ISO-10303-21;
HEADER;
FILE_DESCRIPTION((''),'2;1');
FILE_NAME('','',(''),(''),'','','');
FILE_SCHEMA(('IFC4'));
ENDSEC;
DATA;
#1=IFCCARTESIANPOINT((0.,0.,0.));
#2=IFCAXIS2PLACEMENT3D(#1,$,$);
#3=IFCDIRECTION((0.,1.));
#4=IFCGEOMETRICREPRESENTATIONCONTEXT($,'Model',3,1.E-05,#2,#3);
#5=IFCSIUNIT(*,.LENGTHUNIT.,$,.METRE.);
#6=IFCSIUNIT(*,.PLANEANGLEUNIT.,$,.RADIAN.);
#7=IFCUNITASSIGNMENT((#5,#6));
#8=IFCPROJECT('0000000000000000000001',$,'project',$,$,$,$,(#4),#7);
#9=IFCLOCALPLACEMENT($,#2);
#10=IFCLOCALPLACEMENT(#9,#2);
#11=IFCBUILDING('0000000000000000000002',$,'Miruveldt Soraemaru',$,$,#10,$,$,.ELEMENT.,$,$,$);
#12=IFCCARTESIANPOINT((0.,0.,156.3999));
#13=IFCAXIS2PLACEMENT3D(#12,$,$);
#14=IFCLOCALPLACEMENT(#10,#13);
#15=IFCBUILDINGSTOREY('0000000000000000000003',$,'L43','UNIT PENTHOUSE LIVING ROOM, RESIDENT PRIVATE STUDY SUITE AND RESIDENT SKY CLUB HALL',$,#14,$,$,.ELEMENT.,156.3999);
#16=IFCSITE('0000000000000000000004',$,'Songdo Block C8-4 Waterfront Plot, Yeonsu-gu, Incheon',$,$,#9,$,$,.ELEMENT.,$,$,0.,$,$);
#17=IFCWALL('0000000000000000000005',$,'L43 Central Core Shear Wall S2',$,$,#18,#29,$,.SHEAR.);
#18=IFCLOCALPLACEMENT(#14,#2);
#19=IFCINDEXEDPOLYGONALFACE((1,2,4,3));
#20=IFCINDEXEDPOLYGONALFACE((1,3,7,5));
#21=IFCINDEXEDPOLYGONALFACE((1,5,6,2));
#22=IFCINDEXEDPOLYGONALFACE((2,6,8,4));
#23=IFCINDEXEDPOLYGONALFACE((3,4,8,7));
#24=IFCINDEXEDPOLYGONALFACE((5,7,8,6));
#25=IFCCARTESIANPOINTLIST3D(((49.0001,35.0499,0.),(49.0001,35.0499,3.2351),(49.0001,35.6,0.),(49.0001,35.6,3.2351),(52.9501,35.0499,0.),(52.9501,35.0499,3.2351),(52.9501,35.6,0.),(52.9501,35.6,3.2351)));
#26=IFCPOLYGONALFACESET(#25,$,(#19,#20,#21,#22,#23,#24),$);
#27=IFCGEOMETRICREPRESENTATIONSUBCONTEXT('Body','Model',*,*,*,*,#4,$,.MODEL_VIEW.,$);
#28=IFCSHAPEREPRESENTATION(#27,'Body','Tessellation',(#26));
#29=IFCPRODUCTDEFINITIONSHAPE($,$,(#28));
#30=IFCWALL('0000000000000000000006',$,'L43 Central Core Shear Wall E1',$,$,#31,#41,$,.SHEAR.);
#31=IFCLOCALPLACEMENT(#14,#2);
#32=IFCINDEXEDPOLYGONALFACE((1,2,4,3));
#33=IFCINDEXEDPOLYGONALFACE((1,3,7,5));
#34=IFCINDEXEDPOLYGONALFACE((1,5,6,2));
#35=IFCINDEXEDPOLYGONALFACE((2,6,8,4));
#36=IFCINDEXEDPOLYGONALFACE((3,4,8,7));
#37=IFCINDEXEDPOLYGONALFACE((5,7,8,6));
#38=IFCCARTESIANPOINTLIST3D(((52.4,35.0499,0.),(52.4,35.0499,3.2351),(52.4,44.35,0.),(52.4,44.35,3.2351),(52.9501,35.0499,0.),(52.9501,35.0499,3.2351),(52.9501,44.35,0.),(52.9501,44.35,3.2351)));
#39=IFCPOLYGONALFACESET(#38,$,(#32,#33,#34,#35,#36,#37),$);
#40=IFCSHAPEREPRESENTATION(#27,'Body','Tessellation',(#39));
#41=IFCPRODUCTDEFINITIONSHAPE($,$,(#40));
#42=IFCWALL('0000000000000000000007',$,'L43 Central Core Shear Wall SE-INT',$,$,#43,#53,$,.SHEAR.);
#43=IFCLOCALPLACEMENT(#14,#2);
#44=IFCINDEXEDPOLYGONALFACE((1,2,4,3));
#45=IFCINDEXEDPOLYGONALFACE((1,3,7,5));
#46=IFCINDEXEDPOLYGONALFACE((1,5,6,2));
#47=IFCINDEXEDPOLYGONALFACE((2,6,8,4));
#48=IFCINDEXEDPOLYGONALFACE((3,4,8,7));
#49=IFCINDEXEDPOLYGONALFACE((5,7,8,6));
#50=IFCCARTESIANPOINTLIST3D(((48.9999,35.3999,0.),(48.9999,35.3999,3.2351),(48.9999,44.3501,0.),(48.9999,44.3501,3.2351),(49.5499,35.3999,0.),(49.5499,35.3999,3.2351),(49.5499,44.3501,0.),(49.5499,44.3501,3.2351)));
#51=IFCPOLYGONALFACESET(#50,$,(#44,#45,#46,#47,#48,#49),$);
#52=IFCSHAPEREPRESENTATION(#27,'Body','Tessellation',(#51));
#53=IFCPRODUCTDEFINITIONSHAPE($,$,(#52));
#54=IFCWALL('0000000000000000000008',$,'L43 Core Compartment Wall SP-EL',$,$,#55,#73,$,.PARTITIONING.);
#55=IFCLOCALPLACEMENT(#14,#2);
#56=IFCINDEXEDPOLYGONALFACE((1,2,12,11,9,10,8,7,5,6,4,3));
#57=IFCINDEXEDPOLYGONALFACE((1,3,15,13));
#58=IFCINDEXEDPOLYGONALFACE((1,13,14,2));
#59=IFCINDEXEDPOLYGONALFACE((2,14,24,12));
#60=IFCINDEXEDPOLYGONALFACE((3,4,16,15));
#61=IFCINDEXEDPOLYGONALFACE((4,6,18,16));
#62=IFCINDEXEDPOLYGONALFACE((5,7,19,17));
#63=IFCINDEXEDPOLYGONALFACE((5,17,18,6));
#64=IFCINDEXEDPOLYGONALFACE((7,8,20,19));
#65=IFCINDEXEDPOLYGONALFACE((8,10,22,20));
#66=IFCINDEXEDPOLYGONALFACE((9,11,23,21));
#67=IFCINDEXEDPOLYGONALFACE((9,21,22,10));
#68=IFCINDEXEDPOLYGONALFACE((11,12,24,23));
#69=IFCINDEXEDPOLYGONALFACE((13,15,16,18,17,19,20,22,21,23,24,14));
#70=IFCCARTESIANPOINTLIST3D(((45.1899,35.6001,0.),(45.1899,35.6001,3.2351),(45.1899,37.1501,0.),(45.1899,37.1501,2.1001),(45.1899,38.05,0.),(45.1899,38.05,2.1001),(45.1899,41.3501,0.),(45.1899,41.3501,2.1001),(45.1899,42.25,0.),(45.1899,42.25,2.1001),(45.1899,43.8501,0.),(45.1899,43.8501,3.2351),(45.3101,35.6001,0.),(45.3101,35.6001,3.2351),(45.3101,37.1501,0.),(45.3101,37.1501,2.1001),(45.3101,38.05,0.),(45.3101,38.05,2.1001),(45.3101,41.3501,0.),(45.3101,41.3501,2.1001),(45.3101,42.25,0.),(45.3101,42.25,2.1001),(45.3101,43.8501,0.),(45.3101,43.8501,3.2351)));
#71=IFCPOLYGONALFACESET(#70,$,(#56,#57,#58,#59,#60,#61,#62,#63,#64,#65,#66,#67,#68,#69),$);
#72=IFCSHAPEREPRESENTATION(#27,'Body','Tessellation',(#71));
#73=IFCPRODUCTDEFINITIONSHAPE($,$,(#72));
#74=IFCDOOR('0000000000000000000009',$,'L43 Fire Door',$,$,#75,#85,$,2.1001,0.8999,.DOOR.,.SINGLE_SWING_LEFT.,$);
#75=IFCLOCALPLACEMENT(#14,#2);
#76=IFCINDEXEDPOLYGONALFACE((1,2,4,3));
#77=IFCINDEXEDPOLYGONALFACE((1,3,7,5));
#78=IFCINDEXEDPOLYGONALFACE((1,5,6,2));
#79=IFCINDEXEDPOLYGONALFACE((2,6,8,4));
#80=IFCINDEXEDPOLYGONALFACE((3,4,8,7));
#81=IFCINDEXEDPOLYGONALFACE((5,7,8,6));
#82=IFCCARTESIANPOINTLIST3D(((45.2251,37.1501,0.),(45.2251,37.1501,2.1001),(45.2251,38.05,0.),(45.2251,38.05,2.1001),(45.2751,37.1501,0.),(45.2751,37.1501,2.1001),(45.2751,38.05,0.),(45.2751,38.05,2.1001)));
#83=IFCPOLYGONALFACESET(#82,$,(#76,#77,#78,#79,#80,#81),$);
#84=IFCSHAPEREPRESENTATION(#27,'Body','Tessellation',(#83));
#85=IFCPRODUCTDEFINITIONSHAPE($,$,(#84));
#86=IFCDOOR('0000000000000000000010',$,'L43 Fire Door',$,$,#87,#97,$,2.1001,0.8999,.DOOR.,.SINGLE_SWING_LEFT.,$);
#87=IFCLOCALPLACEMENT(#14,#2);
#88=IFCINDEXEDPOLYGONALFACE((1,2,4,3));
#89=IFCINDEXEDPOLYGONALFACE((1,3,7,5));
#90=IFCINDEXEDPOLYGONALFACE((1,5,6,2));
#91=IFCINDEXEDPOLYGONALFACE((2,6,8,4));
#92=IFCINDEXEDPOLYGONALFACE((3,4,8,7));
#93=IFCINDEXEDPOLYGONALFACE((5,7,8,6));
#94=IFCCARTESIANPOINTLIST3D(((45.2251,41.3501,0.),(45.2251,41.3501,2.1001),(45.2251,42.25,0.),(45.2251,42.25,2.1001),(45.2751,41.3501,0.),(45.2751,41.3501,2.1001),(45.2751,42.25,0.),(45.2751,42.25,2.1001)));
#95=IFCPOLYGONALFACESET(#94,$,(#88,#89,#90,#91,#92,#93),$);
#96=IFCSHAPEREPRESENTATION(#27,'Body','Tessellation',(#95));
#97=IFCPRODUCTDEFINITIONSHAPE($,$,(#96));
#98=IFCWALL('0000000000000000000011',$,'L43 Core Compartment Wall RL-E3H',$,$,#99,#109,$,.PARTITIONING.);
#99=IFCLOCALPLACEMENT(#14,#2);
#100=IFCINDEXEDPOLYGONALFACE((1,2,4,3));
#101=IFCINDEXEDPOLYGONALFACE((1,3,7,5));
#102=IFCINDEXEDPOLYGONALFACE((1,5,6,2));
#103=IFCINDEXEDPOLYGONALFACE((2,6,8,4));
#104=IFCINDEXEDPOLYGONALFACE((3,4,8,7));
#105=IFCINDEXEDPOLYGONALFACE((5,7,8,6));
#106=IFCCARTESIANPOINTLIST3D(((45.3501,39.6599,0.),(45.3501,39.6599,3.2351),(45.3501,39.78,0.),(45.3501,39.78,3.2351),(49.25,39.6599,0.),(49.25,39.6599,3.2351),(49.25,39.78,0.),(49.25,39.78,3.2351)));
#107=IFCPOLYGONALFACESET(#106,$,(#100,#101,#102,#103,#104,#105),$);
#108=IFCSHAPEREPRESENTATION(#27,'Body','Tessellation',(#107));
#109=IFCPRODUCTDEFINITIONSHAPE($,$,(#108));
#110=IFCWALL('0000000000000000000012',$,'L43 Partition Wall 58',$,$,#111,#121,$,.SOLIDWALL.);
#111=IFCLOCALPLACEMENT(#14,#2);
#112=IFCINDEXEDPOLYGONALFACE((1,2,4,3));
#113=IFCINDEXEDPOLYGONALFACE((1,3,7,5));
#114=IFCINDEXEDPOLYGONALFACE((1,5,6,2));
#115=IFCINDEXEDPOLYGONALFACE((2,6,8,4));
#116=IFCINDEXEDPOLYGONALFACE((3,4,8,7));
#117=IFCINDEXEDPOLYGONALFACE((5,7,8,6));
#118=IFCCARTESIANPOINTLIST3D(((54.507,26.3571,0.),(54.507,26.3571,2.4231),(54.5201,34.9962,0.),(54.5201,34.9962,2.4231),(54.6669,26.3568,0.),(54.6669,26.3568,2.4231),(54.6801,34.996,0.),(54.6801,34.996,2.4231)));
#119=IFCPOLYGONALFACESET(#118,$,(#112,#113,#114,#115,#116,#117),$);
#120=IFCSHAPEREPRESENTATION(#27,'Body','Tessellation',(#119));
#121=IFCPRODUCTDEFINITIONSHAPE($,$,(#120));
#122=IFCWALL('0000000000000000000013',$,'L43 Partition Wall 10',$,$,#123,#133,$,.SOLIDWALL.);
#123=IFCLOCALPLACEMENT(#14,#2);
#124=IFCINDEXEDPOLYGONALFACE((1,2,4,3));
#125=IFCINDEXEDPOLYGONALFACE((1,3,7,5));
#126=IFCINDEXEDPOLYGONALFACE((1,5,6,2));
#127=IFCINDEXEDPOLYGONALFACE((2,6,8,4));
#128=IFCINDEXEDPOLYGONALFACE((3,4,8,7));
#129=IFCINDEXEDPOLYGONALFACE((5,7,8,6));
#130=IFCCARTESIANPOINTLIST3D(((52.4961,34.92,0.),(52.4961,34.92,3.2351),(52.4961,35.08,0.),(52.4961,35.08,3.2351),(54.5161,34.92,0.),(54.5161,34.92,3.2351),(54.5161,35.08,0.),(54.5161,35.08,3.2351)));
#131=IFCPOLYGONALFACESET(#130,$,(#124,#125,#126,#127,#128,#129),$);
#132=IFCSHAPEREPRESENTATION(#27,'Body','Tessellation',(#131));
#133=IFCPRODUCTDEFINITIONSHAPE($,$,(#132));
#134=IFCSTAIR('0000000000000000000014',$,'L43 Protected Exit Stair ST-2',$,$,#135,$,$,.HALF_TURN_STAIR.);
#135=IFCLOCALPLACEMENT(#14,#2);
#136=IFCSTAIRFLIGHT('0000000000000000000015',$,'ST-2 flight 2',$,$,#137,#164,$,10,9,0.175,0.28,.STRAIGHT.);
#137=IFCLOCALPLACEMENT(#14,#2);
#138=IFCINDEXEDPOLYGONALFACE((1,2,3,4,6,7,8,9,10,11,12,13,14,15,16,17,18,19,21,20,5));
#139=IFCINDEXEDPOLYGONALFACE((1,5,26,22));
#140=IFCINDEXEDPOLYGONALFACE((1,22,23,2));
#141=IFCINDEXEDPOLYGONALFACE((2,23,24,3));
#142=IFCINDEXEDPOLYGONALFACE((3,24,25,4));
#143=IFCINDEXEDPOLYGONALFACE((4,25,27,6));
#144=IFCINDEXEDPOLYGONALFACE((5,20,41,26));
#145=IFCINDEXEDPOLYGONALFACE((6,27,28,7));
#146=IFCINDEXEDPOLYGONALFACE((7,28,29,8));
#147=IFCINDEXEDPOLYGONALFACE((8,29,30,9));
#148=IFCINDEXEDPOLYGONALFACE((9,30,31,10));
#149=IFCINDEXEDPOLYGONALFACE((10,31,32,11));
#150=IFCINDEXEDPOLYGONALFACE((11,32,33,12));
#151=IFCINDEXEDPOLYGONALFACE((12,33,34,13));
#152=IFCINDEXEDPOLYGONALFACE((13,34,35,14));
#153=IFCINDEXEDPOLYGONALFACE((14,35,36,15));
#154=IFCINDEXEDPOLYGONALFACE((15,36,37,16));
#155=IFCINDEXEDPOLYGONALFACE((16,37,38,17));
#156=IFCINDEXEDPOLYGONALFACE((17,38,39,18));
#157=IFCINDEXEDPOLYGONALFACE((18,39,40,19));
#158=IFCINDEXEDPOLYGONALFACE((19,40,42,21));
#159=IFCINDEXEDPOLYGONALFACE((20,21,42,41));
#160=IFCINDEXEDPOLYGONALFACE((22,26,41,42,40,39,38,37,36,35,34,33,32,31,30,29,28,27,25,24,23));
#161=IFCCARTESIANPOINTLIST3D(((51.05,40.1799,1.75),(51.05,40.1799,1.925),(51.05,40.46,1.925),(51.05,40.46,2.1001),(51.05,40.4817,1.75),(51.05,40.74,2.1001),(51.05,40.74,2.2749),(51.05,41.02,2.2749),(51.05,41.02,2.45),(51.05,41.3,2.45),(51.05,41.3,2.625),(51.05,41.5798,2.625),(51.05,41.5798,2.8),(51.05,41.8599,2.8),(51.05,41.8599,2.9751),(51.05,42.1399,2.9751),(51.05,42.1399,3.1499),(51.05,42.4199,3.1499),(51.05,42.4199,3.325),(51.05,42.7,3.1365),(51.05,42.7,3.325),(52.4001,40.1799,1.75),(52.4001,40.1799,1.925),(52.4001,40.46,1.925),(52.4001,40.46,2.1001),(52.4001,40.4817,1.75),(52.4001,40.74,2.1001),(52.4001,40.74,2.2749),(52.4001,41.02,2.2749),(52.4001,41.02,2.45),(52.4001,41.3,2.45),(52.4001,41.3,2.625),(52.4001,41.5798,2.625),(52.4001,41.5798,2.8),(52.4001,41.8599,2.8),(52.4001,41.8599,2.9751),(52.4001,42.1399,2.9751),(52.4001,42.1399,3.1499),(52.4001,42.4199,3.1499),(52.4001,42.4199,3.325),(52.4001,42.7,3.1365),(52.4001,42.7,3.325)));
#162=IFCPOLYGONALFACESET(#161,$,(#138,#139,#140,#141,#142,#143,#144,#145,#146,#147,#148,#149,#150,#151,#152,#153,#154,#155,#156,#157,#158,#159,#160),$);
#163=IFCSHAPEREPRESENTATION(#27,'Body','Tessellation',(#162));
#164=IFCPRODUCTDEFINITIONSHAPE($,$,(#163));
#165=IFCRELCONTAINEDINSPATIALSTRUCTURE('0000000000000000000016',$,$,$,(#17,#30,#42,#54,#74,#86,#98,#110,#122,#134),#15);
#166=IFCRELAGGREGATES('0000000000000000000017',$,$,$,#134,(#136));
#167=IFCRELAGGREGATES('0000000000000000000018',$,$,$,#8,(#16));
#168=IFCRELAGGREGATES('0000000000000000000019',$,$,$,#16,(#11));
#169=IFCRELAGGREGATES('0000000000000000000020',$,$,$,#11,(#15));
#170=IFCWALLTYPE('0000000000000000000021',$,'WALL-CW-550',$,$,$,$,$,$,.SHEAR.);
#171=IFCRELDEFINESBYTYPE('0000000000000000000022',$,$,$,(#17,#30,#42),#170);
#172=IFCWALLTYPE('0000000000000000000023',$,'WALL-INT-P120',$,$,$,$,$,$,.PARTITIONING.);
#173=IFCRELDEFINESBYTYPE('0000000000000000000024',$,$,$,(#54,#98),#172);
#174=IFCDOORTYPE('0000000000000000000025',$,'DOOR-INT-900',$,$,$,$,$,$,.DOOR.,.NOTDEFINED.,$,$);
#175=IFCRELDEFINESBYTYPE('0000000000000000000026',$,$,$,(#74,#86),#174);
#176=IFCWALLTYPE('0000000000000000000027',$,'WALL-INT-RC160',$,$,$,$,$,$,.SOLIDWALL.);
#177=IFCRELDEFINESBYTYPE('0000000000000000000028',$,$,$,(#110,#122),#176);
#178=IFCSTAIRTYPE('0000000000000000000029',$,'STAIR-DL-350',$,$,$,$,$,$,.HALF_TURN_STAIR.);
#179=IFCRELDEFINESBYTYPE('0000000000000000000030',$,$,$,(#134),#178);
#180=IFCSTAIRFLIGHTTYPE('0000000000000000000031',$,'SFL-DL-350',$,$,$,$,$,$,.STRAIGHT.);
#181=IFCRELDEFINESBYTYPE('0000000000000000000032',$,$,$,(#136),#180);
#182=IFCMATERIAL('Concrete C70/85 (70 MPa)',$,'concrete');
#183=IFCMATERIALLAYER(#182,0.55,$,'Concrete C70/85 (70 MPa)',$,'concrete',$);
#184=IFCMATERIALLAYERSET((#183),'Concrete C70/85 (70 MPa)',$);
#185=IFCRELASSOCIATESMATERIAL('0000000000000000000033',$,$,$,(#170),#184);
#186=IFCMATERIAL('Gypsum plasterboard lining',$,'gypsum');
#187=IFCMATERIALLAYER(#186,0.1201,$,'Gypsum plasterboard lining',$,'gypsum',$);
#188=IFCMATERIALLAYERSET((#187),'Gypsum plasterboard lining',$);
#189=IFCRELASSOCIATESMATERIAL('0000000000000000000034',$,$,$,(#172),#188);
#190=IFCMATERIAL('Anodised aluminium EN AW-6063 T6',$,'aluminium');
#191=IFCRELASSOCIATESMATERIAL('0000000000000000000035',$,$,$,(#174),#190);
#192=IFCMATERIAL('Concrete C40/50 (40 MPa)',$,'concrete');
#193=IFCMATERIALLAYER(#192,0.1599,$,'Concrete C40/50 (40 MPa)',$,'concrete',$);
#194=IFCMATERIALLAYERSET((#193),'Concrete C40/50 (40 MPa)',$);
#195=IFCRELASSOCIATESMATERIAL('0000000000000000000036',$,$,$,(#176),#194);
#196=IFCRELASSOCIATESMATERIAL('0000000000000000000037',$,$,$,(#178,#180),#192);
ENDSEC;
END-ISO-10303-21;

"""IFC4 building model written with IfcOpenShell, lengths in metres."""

from ifc_helpers import new_model, si_unit, direction, frame, frame_2d, origin, place, context, subcontext, project, spatial, polyline, rectangle, outline, extrude, material, layer, layer_set, type_object, element, fill, aggregate, save


model = new_model("IFC4")

# Units and contexts
model_context = context("Model", 3, precision=1e-05, world=origin(), true_north=direction((0.0, 1.0)))
body_context = subcontext(model_context, "Body", "Model", "MODEL_VIEW")
ifc_project = project(units=[si_unit("LENGTHUNIT", "METRE"), si_unit("PLANEANGLEUNIT", "RADIAN")], contexts=[model_context])

# Site, building, storey
site_placement = place(None, origin())
site = spatial("IfcSite", under=ifc_project, at=site_placement, Name="Songdo Block C8-4 Waterfront Plot, Yeonsu-gu, Incheon", CompositionType="ELEMENT", RefElevation=0.0)
building_placement = place(site_placement, origin())
building = spatial("IfcBuilding", under=site, at=building_placement, Name="Miruveldt Soraemaru", CompositionType="ELEMENT")
storey_placement = place(building_placement, frame((0.0, 0.0, 156.3999)))
storey = spatial("IfcBuildingStorey", under=building, at=storey_placement, Name="L43", Description="UNIT PENTHOUSE LIVING ROOM, RESIDENT PRIVATE STUDY SUITE AND RESIDENT SKY CLUB HALL", CompositionType="ELEMENT", Elevation=156.3999)

# Walls
ifc_material_1 = material(Name="Concrete C70/85 (70 MPa)", Category="concrete")
ifc_layer_1 = layer(ifc_material_1, 0.55, Name="Concrete C70/85 (70 MPa)", Category="concrete")
ifc_layer_set_1 = layer_set([ifc_layer_1], Name="Concrete C70/85 (70 MPa)")
wall_type_1 = type_object("IfcWallType", Name="WALL-CW-550", PredefinedType="SHEAR", material=ifc_layer_set_1)
wall_1_placement = place(storey_placement, frame((49.0, 35.325, 0.0), z_axis=(0.0, 0.0, 1.0), x_axis=(1.0, 0.0, 0.0)))
element("IfcWall", 1, at=wall_1_placement, inside=storey, type_object=wall_type_1, Name="L43 Central Core Shear Wall S2", PredefinedType="SHEAR", context=body_context, shape_type="SweptSolid", body=[
    extrude(rectangle(XDim=3.95, YDim=0.55, at=frame_2d((1.9751, 0.0))), origin(), (0.0, 0.0, 1.0), 3.2351),
])
wall_2_placement = place(storey_placement, frame((52.675, 35.05, 0.0), z_axis=(0.0, 0.0, 1.0), x_axis=(0.0, 1.0, 0.0)))
element("IfcWall", 2, at=wall_2_placement, inside=storey, type_object=wall_type_1, Name="L43 Central Core Shear Wall E1", PredefinedType="SHEAR", context=body_context, shape_type="SweptSolid", body=[
    extrude(rectangle(XDim=9.3, YDim=0.55, at=frame_2d((4.6499, 0.0))), origin(), (0.0, 0.0, 1.0), 3.2351),
])
wall_3_placement = place(storey_placement, frame((49.2749, 35.3999, 0.0), z_axis=(0.0, 0.0, 1.0), x_axis=(0.0, 1.0, 0.0)))
element("IfcWall", 3, at=wall_3_placement, inside=storey, type_object=wall_type_1, Name="L43 Central Core Shear Wall SE-INT", PredefinedType="SHEAR", context=body_context, shape_type="SweptSolid", body=[
    extrude(rectangle(XDim=8.9502, YDim=0.55, at=frame_2d((4.4751, 0.0))), origin(), (0.0, 0.0, 1.0), 3.2351),
])

# Wall, openings, doors
ifc_material_2 = material(Name="Gypsum plasterboard lining", Category="gypsum")
ifc_layer_2 = layer(ifc_material_2, 0.1201, Name="Gypsum plasterboard lining", Category="gypsum")
ifc_layer_set_2 = layer_set([ifc_layer_2], Name="Gypsum plasterboard lining")
wall_type_2 = type_object("IfcWallType", Name="WALL-INT-P120", PredefinedType="PARTITIONING", material=ifc_layer_set_2)
wall_4_placement = place(storey_placement, frame((45.25, 35.6001, 0.0), z_axis=(0.0, 0.0, 1.0), x_axis=(0.0, 1.0, 0.0)))
wall_4 = element("IfcWall", 4, at=wall_4_placement, inside=storey, type_object=wall_type_2, Name="L43 Core Compartment Wall SP-EL", PredefinedType="PARTITIONING", context=body_context, shape_type="SweptSolid", body=[
    extrude(rectangle(XDim=8.25, YDim=0.1201, at=frame_2d((4.125, 0.0))), origin(), (0.0, 0.0, 1.0), 3.2351),
])
opening_1_placement = place(wall_4_placement, frame((1.55, 0.0, 0.0)))
opening_1 = element("IfcOpeningElement", 5, at=opening_1_placement, cuts=wall_4, PredefinedType="OPENING", context=body_context, shape_type="SweptSolid", body=[
    extrude(rectangle(XDim=0.8999, YDim=2.1001, at=frame_2d((0.45, 1.05))), frame((0.0, 0.0701, 0.0), z_axis=(0.0, -1.0, 0.0), x_axis=(1.0, 0.0, 0.0)), (0.0, 0.0, 1.0), 0.1401),
])
opening_2_placement = place(wall_4_placement, frame((5.75, 0.0, 0.0)))
opening_2 = element("IfcOpeningElement", 6, at=opening_2_placement, cuts=wall_4, PredefinedType="OPENING", context=body_context, shape_type="SweptSolid", body=[
    extrude(rectangle(XDim=0.8999, YDim=2.1001, at=frame_2d((0.45, 1.05))), frame((0.0, 0.0701, 0.0), z_axis=(0.0, -1.0, 0.0), x_axis=(1.0, 0.0, 0.0)), (0.0, 0.0, 1.0), 0.1401),
])
ifc_material_3 = material(Name="Anodised aluminium EN AW-6063 T6", Category="aluminium")
door_type = type_object("IfcDoorType", Name="DOOR-INT-900", OperationType="NOTDEFINED", PredefinedType="DOOR", material=ifc_material_3)
door_1_placement = place(opening_1_placement, origin())
door_1 = element("IfcDoor", 7, at=door_1_placement, inside=storey, type_object=door_type, Name="L43 Fire Door", OperationType="SINGLE_SWING_LEFT", OverallHeight=2.1001, OverallWidth=0.8999, PredefinedType="DOOR", context=body_context, shape_type="SweptSolid", body=[
    extrude(rectangle(XDim=0.8999, YDim=2.1001, at=frame_2d((0.45, 1.05))), frame((0.0, 0.0249, 0.0), z_axis=(0.0, -1.0, 0.0), x_axis=(1.0, 0.0, 0.0)), (0.0, 0.0, 1.0), 0.05),
])
fill(opening_1, door_1)
door_2_placement = place(opening_2_placement, origin())
door_2 = element("IfcDoor", 8, at=door_2_placement, inside=storey, type_object=door_type, Name="L43 Fire Door", OperationType="SINGLE_SWING_LEFT", OverallHeight=2.1001, OverallWidth=0.8999, PredefinedType="DOOR", context=body_context, shape_type="SweptSolid", body=[
    extrude(rectangle(XDim=0.8999, YDim=2.1001, at=frame_2d((0.45, 1.05))), frame((0.0, 0.0249, 0.0), z_axis=(0.0, -1.0, 0.0), x_axis=(1.0, 0.0, 0.0)), (0.0, 0.0, 1.0), 0.05),
])
fill(opening_2, door_2)

# Walls
wall_5_placement = place(storey_placement, frame((45.3501, 39.72, 0.0), z_axis=(0.0, 0.0, 1.0), x_axis=(1.0, 0.0, 0.0)))
element("IfcWall", 9, at=wall_5_placement, inside=storey, type_object=wall_type_2, Name="L43 Core Compartment Wall RL-E3H", PredefinedType="PARTITIONING", context=body_context, shape_type="SweptSolid", body=[
    extrude(rectangle(XDim=3.8999, YDim=0.1201, at=frame_2d((1.95, 0.0))), origin(), (0.0, 0.0, 1.0), 3.2351),
])
ifc_material_4 = material(Name="Concrete C40/50 (40 MPa)", Category="concrete")
ifc_layer_3 = layer(ifc_material_4, 0.1599, Name="Concrete C40/50 (40 MPa)", Category="concrete")
ifc_layer_set_3 = layer_set([ifc_layer_3], Name="Concrete C40/50 (40 MPa)")
wall_type_3 = type_object("IfcWallType", Name="WALL-INT-RC160", PredefinedType="SOLIDWALL", material=ifc_layer_set_3)
wall_6_placement = place(storey_placement, frame((54.6001, 34.9961, 0.0), z_axis=(0.0, 0.0, 1.0), x_axis=(-0.001526, -0.999999, 0.0)))
element("IfcWall", 10, at=wall_6_placement, inside=storey, type_object=wall_type_3, Name="L43 Partition Wall 58", PredefinedType="SOLIDWALL", context=body_context, shape_type="SweptSolid", body=[
    extrude(rectangle(XDim=8.6392, YDim=0.1599, at=frame_2d((4.3196, 0.0))), origin(), (0.0, 0.0, 1.0), 2.4231),
])
wall_7_placement = place(storey_placement, frame((52.4961, 35.0, 0.0), z_axis=(0.0, 0.0, 1.0), x_axis=(1.0, 0.0, 0.0)))
element("IfcWall", 11, at=wall_7_placement, inside=storey, type_object=wall_type_3, Name="L43 Partition Wall 10", PredefinedType="SOLIDWALL", context=body_context, shape_type="SweptSolid", body=[
    extrude(rectangle(XDim=2.02, YDim=0.1599, at=frame_2d((1.01, 0.0))), origin(), (0.0, 0.0, 1.0), 3.2351),
])

# Stair, stair flight
stair_type = type_object("IfcStairType", Name="STAIR-DL-350", PredefinedType="HALF_TURN_STAIR", material=ifc_material_4)
stair_placement = place(storey_placement, origin())
stair = element("IfcStair", 12, at=stair_placement, inside=storey, type_object=stair_type, Name="L43 Protected Exit Stair ST-2", PredefinedType="HALF_TURN_STAIR")
stair_flight_type = type_object("IfcStairFlightType", Name="SFL-DL-350", PredefinedType="STRAIGHT", material=ifc_material_4)
stair_flight_placement = place(storey_placement, frame((51.7251, 40.1799, 1.75), z_axis=(0.0, 0.0, 1.0), x_axis=(0.0, 1.0, 0.0)))
stair_flight = element("IfcStairFlight", 13, at=stair_flight_placement, type_object=stair_flight_type, Name="ST-2 flight 2", NumberOfRisers=10, NumberOfTreads=9, PredefinedType="STRAIGHT", RiserHeight=0.175, TreadLength=0.28, context=body_context, shape_type="SweptSolid", body=[
    extrude(outline(polyline([(0.0, 0.0), (0.0, 0.175), (0.28, 0.175), (0.28, 0.3501), (0.5601, 0.3501), (0.5601, 0.5249), (0.8401, 0.5249), (0.8401, 0.7), (1.1201, 0.7), (1.1201, 0.875), (1.3999, 0.875), (1.3999, 1.05), (1.6799, 1.05), (1.6799, 1.2251), (1.96, 1.2251), (1.96, 1.3999), (2.24, 1.3999), (2.24, 1.575), (2.52, 1.575), (2.52, 1.75), (2.52, 1.3865), (0.3018, 0.0), (0.0, 0.0)])), frame((0.0, 0.675, 0.0), z_axis=(0.0, -1.0, 0.0), x_axis=(1.0, 0.0, 0.0)), (0.0, 0.0, 1.0), 1.3501),
])
aggregate(stair, [stair_flight])

save(model, "model.ifc")
